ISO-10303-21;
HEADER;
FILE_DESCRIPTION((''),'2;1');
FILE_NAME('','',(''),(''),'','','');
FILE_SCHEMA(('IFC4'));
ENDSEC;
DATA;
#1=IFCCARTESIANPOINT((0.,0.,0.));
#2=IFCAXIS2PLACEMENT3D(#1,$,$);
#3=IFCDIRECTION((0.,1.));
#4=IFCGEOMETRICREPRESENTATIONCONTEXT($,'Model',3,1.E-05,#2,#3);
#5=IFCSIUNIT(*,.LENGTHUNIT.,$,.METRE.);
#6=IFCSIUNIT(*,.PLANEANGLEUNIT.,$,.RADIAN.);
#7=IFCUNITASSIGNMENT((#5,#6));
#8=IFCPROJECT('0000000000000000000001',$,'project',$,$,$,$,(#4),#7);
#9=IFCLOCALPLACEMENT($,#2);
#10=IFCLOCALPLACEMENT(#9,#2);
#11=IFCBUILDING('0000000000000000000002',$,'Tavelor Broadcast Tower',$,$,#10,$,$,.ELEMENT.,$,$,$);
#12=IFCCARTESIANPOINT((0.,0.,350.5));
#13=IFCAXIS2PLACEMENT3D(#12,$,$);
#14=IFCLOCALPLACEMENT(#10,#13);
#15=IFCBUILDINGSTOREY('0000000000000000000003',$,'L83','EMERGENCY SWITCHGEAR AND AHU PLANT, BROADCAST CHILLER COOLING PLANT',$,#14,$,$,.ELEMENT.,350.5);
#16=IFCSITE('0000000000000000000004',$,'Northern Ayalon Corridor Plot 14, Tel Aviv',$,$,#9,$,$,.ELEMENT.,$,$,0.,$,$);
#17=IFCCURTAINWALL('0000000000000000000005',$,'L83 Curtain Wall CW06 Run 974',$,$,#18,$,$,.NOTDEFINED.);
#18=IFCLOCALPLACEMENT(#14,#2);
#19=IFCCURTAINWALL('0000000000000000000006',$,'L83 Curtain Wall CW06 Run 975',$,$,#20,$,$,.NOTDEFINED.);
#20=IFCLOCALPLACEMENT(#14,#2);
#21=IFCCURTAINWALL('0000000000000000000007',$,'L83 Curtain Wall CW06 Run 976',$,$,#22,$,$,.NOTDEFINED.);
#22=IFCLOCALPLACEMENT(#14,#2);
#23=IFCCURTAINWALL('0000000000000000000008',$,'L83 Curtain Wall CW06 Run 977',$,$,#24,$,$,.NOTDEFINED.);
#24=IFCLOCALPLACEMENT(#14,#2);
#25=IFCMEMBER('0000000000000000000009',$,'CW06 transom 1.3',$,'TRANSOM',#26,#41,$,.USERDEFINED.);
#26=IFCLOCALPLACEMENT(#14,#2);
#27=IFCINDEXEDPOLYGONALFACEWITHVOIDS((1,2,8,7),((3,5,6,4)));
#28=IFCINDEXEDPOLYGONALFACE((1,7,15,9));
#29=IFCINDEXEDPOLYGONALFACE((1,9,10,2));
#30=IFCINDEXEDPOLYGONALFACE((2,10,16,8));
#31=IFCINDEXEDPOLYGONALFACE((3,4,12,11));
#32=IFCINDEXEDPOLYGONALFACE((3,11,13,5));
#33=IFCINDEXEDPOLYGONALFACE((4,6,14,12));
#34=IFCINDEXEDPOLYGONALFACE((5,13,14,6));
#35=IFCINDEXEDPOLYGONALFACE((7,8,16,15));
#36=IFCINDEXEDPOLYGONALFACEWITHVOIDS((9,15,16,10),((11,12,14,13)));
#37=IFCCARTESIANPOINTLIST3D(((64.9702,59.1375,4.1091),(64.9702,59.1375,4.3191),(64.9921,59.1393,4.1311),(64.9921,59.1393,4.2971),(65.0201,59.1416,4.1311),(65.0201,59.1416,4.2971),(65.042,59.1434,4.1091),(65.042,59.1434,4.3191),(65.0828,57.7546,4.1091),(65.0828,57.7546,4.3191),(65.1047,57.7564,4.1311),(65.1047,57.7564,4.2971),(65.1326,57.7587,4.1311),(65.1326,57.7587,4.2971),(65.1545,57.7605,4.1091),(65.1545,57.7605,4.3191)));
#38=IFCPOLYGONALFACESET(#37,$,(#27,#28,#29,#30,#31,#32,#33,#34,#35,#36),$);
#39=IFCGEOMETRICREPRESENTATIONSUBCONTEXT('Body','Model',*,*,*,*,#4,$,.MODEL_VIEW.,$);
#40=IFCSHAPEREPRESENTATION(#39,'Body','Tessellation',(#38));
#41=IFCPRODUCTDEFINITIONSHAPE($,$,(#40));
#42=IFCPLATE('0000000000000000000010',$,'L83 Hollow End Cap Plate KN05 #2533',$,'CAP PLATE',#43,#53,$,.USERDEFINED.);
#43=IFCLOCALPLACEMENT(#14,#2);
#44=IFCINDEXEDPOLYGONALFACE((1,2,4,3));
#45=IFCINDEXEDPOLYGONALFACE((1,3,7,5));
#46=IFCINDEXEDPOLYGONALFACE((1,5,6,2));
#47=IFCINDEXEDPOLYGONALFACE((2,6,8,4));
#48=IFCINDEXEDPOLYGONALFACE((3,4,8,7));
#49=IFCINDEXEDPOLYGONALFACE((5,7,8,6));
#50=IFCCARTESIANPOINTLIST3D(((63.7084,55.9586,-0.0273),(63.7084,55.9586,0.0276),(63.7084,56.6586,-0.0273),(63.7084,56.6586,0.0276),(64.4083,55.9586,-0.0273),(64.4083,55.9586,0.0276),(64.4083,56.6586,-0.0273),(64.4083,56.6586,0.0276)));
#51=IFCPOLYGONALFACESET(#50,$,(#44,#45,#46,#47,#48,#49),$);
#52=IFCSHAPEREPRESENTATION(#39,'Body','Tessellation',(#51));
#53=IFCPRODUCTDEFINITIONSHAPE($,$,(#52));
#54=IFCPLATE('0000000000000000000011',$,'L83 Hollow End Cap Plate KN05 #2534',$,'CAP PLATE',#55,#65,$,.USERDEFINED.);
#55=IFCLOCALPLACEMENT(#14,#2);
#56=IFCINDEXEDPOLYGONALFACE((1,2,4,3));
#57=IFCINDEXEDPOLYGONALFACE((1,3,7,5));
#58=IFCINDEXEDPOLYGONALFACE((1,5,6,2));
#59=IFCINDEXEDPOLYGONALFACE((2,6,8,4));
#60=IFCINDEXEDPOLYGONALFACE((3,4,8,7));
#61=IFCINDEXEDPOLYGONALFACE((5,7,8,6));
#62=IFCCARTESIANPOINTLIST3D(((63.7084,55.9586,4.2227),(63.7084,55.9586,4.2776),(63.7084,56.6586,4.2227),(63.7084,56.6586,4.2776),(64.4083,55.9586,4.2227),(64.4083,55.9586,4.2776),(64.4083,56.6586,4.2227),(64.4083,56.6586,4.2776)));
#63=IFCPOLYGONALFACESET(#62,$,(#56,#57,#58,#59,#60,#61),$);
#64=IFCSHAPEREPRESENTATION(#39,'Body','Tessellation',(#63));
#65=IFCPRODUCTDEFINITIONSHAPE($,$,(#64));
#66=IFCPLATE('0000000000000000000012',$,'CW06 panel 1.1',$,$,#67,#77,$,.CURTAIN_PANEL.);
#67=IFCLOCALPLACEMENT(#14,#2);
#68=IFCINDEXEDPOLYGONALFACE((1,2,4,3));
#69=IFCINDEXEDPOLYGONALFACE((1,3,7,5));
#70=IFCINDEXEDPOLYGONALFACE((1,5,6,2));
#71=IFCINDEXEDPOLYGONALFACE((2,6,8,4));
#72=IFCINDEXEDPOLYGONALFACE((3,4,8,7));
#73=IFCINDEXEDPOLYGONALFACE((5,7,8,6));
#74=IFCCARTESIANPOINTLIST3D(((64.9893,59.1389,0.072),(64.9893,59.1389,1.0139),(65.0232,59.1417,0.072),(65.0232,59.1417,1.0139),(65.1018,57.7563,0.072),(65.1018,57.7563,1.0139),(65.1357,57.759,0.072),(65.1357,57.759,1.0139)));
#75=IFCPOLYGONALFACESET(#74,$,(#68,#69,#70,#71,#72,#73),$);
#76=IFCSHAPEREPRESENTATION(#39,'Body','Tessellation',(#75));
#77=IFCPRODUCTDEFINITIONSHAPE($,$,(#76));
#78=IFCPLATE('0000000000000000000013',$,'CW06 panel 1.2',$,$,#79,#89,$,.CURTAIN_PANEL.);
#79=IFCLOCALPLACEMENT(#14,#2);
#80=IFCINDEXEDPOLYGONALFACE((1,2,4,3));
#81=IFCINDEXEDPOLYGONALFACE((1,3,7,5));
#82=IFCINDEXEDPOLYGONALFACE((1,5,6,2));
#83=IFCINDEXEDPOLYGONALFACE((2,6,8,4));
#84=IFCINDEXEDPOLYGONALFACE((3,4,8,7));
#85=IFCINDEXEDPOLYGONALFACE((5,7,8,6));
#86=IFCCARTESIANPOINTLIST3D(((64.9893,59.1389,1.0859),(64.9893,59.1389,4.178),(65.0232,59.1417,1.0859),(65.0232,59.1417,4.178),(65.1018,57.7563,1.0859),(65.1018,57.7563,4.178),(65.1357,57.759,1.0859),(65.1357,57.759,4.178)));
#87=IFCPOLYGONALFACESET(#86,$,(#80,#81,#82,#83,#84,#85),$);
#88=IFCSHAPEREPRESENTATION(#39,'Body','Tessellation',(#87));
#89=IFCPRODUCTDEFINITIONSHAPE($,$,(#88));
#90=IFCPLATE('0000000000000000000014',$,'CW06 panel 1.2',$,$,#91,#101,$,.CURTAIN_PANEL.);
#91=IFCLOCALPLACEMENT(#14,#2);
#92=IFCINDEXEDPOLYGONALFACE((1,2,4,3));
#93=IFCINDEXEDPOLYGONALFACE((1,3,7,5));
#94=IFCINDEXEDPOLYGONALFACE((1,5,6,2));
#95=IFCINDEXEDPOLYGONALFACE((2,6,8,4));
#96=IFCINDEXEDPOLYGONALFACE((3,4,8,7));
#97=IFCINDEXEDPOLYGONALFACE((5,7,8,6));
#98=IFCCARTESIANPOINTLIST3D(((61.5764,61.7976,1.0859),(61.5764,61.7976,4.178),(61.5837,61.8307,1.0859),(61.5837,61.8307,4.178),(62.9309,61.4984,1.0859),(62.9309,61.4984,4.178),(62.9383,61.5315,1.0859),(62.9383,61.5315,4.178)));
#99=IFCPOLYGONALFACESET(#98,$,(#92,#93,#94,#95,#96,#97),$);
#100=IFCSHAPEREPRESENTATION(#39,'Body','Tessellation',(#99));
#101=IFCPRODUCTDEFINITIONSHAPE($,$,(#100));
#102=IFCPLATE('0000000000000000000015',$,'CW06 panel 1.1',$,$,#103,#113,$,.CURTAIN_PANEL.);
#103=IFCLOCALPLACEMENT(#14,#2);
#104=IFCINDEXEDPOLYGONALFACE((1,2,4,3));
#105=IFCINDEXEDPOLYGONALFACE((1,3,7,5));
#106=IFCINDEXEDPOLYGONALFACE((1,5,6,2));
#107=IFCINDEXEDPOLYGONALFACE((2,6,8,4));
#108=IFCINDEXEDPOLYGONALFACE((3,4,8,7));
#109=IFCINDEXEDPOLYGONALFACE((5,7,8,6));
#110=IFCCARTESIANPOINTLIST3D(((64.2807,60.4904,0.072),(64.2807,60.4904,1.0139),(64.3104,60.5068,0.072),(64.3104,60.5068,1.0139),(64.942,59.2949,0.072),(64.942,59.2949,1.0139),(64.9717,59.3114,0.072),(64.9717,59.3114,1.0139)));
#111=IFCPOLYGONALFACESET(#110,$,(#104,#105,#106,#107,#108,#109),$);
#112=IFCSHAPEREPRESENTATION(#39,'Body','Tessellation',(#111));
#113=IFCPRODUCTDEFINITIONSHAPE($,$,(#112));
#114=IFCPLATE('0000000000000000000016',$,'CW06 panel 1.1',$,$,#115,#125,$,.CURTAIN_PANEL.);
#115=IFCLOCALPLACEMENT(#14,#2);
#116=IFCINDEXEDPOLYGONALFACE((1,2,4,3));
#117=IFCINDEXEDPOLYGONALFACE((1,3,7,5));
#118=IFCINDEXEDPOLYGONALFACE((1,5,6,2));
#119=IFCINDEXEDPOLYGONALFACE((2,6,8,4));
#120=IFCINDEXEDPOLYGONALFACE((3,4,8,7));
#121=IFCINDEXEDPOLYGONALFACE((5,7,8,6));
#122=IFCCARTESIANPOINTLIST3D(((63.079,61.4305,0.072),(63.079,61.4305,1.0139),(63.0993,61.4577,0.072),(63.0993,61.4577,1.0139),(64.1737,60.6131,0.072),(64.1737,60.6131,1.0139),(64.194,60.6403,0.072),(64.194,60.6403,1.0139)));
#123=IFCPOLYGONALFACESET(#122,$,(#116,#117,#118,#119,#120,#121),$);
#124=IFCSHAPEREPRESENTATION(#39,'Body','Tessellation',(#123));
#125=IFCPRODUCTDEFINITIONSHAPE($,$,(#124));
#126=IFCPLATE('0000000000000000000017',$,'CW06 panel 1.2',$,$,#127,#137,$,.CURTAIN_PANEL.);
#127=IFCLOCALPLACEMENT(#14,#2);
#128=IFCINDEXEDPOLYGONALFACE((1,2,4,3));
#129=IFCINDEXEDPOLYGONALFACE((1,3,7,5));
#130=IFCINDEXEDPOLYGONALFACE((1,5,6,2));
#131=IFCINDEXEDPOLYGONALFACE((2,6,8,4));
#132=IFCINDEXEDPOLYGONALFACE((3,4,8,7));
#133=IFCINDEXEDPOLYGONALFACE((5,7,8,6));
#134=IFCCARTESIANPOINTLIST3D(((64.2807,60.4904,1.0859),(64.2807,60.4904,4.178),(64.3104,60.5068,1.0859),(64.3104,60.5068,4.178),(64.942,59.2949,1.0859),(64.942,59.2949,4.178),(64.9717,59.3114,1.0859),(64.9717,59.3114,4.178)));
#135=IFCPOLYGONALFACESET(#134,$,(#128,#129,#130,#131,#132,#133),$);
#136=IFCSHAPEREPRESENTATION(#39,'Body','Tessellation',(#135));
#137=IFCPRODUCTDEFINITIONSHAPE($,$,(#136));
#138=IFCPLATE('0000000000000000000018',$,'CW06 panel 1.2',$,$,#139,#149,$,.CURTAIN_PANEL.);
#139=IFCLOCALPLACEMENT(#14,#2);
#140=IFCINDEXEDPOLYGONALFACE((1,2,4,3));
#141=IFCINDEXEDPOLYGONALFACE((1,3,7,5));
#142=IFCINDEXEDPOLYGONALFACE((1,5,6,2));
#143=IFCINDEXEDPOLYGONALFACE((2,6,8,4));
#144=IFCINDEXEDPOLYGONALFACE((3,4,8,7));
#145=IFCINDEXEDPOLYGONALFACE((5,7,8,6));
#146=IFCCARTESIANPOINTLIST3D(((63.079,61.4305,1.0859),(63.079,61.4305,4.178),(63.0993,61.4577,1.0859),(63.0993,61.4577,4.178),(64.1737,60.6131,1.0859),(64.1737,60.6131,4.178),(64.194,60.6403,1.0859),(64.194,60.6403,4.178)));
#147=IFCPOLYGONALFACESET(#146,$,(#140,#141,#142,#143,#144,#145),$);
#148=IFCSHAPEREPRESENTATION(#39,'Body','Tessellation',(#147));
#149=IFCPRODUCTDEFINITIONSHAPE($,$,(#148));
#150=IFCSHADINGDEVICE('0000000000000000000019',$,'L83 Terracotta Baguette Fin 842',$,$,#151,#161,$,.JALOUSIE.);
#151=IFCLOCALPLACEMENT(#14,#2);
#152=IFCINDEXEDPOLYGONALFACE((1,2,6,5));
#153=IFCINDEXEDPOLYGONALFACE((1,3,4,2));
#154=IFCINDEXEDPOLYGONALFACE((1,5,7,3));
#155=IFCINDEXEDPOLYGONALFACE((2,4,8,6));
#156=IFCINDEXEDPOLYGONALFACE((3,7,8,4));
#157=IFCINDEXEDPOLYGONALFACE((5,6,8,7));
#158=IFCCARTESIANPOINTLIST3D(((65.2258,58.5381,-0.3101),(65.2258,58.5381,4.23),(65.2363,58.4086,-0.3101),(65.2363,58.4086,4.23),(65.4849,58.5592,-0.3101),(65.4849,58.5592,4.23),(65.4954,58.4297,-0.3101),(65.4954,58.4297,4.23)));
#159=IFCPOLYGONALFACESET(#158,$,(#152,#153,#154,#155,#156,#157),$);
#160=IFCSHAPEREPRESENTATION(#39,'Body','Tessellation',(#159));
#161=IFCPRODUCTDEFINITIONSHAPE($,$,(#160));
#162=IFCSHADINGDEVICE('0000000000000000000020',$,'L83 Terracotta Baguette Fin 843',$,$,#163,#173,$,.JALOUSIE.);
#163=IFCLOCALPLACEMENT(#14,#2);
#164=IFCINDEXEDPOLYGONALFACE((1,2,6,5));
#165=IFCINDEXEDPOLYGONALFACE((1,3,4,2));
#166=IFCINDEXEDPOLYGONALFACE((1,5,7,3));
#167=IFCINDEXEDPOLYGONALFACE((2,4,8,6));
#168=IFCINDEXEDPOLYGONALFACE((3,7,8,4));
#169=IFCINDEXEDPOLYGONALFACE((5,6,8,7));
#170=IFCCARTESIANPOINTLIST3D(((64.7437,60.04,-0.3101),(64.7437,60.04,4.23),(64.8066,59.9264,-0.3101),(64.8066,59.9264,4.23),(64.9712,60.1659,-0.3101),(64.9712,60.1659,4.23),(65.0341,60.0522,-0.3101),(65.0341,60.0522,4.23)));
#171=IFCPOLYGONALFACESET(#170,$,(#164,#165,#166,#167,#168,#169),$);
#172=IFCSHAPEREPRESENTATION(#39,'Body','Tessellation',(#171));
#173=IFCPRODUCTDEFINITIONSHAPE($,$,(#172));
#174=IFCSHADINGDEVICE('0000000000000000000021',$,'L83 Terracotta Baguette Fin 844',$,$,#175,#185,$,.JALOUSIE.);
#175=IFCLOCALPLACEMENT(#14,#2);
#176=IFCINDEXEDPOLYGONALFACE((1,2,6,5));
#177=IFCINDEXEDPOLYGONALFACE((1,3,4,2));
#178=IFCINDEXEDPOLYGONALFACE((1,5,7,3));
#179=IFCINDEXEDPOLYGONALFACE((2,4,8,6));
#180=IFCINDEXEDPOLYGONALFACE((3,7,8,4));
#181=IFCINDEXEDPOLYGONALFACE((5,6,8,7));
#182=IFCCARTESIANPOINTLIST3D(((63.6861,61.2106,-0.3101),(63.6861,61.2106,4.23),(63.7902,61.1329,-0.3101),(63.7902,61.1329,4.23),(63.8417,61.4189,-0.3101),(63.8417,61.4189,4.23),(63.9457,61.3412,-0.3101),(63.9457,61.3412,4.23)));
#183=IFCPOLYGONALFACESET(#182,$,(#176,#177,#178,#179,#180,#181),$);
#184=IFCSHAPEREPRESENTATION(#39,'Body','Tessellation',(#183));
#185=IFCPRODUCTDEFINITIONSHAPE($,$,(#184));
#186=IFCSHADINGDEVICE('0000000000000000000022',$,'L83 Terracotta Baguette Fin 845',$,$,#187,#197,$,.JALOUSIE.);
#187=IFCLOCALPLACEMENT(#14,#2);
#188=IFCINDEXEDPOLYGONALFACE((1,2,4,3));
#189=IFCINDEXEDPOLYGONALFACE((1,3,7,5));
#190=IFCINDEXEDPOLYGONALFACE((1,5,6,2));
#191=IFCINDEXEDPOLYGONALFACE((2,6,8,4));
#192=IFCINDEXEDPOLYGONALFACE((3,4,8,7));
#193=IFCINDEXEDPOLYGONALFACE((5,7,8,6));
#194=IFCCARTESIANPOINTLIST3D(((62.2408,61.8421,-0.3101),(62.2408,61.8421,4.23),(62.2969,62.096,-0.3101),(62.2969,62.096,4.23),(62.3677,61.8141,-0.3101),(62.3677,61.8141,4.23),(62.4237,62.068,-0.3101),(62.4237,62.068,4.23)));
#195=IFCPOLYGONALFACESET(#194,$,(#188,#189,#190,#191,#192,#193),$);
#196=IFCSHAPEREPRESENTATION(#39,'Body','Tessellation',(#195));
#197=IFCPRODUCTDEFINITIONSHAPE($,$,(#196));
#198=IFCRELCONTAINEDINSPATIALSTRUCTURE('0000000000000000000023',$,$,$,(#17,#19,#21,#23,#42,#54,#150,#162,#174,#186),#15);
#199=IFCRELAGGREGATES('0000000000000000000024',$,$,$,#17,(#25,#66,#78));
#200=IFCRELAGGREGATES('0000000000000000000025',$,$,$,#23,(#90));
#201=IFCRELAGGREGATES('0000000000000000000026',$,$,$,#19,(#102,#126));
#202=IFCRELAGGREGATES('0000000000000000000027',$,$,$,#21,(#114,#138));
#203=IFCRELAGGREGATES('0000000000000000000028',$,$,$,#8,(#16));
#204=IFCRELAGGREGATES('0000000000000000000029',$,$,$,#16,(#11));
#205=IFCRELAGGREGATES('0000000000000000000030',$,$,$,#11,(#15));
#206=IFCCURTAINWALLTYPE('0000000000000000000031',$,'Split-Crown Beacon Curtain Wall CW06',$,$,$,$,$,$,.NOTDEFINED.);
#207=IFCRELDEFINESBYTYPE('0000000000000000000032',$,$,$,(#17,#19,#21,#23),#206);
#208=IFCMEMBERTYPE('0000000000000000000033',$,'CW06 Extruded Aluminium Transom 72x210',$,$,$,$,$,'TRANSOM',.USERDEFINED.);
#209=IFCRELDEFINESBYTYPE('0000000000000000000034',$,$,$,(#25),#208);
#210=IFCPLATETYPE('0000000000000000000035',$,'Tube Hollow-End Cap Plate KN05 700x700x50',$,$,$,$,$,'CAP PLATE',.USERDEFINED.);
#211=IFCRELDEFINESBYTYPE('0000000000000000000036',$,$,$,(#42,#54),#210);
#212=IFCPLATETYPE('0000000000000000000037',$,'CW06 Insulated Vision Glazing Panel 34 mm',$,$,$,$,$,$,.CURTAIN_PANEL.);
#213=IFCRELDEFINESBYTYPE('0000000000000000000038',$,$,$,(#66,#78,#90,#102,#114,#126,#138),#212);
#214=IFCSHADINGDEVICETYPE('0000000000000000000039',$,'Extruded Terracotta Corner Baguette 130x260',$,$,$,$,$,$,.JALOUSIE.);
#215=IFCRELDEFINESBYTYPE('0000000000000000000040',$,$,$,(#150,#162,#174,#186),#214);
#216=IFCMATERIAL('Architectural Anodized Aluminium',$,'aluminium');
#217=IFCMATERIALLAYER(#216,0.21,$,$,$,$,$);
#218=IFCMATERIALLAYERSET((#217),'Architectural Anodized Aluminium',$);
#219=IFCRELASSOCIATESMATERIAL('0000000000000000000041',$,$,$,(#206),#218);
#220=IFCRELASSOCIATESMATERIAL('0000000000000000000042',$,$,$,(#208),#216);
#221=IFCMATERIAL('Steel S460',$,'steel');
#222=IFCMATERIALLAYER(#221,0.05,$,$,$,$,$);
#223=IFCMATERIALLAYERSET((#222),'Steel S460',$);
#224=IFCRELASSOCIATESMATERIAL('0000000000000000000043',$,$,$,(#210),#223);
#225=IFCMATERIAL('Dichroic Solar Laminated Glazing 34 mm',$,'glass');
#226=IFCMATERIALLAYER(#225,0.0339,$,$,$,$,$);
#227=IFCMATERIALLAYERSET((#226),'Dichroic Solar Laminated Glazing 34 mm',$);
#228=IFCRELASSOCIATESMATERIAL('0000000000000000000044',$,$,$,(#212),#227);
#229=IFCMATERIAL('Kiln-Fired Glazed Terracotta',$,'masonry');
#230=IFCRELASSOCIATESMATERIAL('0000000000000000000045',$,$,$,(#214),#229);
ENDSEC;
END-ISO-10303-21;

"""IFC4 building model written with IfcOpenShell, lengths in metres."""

from ifc_helpers import new_model, si_unit, direction, frame, origin, origin_2d, place, context, subcontext, project, spatial, rectangle, hollow_rectangle, extrude, source, transform, mapped, material, layer, layer_set, material_profile, profile_set, type_object, type_shapes, element, aggregate, save


model = new_model("IFC4")

# Units and contexts
model_context = context("Model", 3, precision=1e-05, world=origin(), true_north=direction((0.0, 1.0)))
body_context = subcontext(model_context, "Body", "Model", "MODEL_VIEW")
ifc_project = project(units=[si_unit("LENGTHUNIT", "METRE"), si_unit("PLANEANGLEUNIT", "RADIAN")], contexts=[model_context])

# Site, building, storey
site_placement = place(None, origin())
site = spatial("IfcSite", under=ifc_project, at=site_placement, Name="Northern Ayalon Corridor Plot 14, Tel Aviv", CompositionType="ELEMENT", RefElevation=0.0)
building_placement = place(site_placement, origin())
building = spatial("IfcBuilding", under=site, at=building_placement, Name="Tavelor Broadcast Tower", CompositionType="ELEMENT")
storey_placement = place(building_placement, frame((0.0, 0.0, 350.5)))
storey = spatial("IfcBuildingStorey", under=building, at=storey_placement, Name="L83", Description="EMERGENCY SWITCHGEAR AND AHU PLANT, BROADCAST CHILLER COOLING PLANT", CompositionType="ELEMENT", Elevation=350.5)

# Shared definitions
ifc_material_1 = material(Name="Architectural Anodized Aluminium", Category="aluminium")
ifc_layer_1 = layer(ifc_material_1, 0.21)
ifc_layer_set_1 = layer_set([ifc_layer_1], Name="Architectural Anodized Aluminium")
curtain_wall_type = type_object("IfcCurtainWallType", Name="Split-Crown Beacon Curtain Wall CW06", PredefinedType="NOTDEFINED", material=ifc_layer_set_1)

# Curtain walls
curtain_wall_1_placement = place(storey_placement, origin())
curtain_wall_1 = element("IfcCurtainWall", 1, at=curtain_wall_1_placement, inside=storey, type_object=curtain_wall_type, Name="L83 Curtain Wall CW06 Run 974", PredefinedType="NOTDEFINED")
curtain_wall_2_placement = place(storey_placement, origin())
curtain_wall_2 = element("IfcCurtainWall", 2, at=curtain_wall_2_placement, inside=storey, type_object=curtain_wall_type, Name="L83 Curtain Wall CW06 Run 975", PredefinedType="NOTDEFINED")
curtain_wall_3_placement = place(storey_placement, origin())
curtain_wall_3 = element("IfcCurtainWall", 3, at=curtain_wall_3_placement, inside=storey, type_object=curtain_wall_type, Name="L83 Curtain Wall CW06 Run 976", PredefinedType="NOTDEFINED")
curtain_wall_4_placement = place(storey_placement, origin())
curtain_wall_4 = element("IfcCurtainWall", 4, at=curtain_wall_4_placement, inside=storey, type_object=curtain_wall_type, Name="L83 Curtain Wall CW06 Run 977", PredefinedType="NOTDEFINED")
ifc_material_profile_1 = material_profile(ifc_material_1, hollow_rectangle(XDim=0.072, YDim=0.21, WallThickness=0.022, at=origin_2d()), Name="RHS 72x210x22")
ifc_profile_set_1 = profile_set([ifc_material_profile_1], Name="Architectural Anodized Aluminium")
member_type_1 = type_object("IfcMemberType", Name="CW06 Extruded Aluminium Transom 72x210", ElementType="TRANSOM", PredefinedType="USERDEFINED", material=ifc_profile_set_1)

# Member
shared_shape_1 = source(origin(), body_context, "Body", "SweptSolid", [
    extrude(hollow_rectangle(XDim=0.072, YDim=0.21, WallThickness=0.022, at=origin_2d()), origin(), (0.0, 0.0, 1.0), 1.3875),
])
member_1_placement = place(storey_placement, frame((65.1187, 57.7576, 4.2141), z_axis=(-0.081123, 0.996704, 0.0), x_axis=(-0.996704, -0.081123, 0.0)))
member_1 = element("IfcMember", 5, at=member_1_placement, type_object=member_type_1, Name="CW06 transom 1.3", ObjectType="TRANSOM", PredefinedType="USERDEFINED", context=body_context, shape_type="MappedRepresentation", body=[
    mapped(shared_shape_1, transform((0.0, 0.0, 0.0), scale=1.0)),
])

# Plates
ifc_material_2 = material(Name="Steel S460", Category="steel")
ifc_layer_2 = layer(ifc_material_2, 0.05)
ifc_layer_set_2 = layer_set([ifc_layer_2], Name="Steel S460")
plate_type_1 = type_object("IfcPlateType", Name="Tube Hollow-End Cap Plate KN05 700x700x50", ElementType="CAP PLATE", PredefinedType="USERDEFINED", material=ifc_layer_set_2)
shared_shape_2 = source(origin(), body_context, "Body", "SweptSolid", [
    extrude(rectangle(XDim=0.7, YDim=0.7, at=origin_2d()), origin(), (0.0, 0.0, 1.0), 0.0549),
])
type_shapes(plate_type_1, [shared_shape_2])
for number, where, z_axis, x_axis, name in (
    (6, (64.0583, 56.3086, -0.0273), (0.0, 0.0, 1.0), (1.0, 0.0, 0.0), "L83 Hollow End Cap Plate KN05 #2533"),
    (7, (64.0583, 56.3086, 4.2227), (0.0, 0.0, 1.0), (1.0, 0.0, 0.0), "L83 Hollow End Cap Plate KN05 #2534"),
):
    element("IfcPlate", number, at=place(storey_placement, frame(where, z_axis=z_axis, x_axis=x_axis)), inside=storey, type_object=plate_type_1, Name=name, ObjectType="CAP PLATE", PredefinedType="USERDEFINED", context=body_context, shape_type="MappedRepresentation", body=[
        mapped(shared_shape_2, transform((0.0, 0.0, 0.0), scale=1.0)),
    ])

# Plates
ifc_material_3 = material(Name="Dichroic Solar Laminated Glazing 34 mm", Category="glass")
ifc_layer_3 = layer(ifc_material_3, 0.0339)
ifc_layer_set_3 = layer_set([ifc_layer_3], Name="Dichroic Solar Laminated Glazing 34 mm")
plate_type_2 = type_object("IfcPlateType", Name="CW06 Insulated Vision Glazing Panel 34 mm", PredefinedType="CURTAIN_PANEL", material=ifc_layer_set_3)
shared_shape_3 = source(origin(), body_context, "Body", "SweptSolid", [
    extrude(rectangle(XDim=1.3872, YDim=0.0339, at=origin_2d()), origin(), (0.0, 0.0, 1.0), 0.9419),
])
plate_1_placement = place(storey_placement, frame((65.0625, 58.449, 0.072), z_axis=(0.0, 0.0, 1.0), x_axis=(-0.08111, 0.996705, 0.0)))
plate_1 = element("IfcPlate", 8, at=plate_1_placement, type_object=plate_type_2, Name="CW06 panel 1.1", PredefinedType="CURTAIN_PANEL", context=body_context, shape_type="MappedRepresentation", body=[
    mapped(shared_shape_3, transform((0.0, 0.0, 0.0), scale=1.0)),
])
shared_shape_4 = source(origin(), body_context, "Body", "SweptSolid", [
    extrude(rectangle(XDim=1.3872, YDim=0.0339, at=origin_2d()), origin(), (0.0, 0.0, 1.0), 3.092),
])
plate_2_placement = place(storey_placement, frame((65.0625, 58.449, 1.0859), z_axis=(0.0, 0.0, 1.0), x_axis=(-0.08111, 0.996705, 0.0)))
plate_2 = element("IfcPlate", 9, at=plate_2_placement, type_object=plate_type_2, Name="CW06 panel 1.2", PredefinedType="CURTAIN_PANEL", context=body_context, shape_type="MappedRepresentation", body=[
    mapped(shared_shape_4, transform((0.0, 0.0, 0.0), scale=1.0)),
])
aggregate(curtain_wall_1, [member_1, plate_1, plate_2])
plate_3_placement = place(storey_placement, frame((62.2573, 61.6646, 1.0859), z_axis=(0.0, 0.0, 1.0), x_axis=(-0.976469, 0.215658, 0.0)))
plate_3 = element("IfcPlate", 10, at=plate_3_placement, type_object=plate_type_2, Name="CW06 panel 1.2", PredefinedType="CURTAIN_PANEL", context=body_context, shape_type="MappedRepresentation", body=[
    mapped(shared_shape_4, transform((0.0, 0.0, 0.0), scale=1.0)),
])
aggregate(curtain_wall_4, [plate_3])
shared_shape_5 = source(origin(), body_context, "Body", "SweptSolid", [
    extrude(rectangle(XDim=1.3662, YDim=0.0339, at=origin_2d()), origin(), (0.0, 0.0, 1.0), 0.9419),
])
plate_4_placement = place(storey_placement, frame((64.6262, 59.9009, 0.072), z_axis=(0.0, 0.0, 1.0), x_axis=(-0.484068, 0.87503, 0.0)))
plate_4 = element("IfcPlate", 11, at=plate_4_placement, type_object=plate_type_2, Name="CW06 panel 1.1", PredefinedType="CURTAIN_PANEL", context=body_context, shape_type="MappedRepresentation", body=[
    mapped(shared_shape_5, transform((0.0, 0.0, 0.0), scale=1.0)),
])
plate_5_placement = place(storey_placement, frame((63.6365, 61.0354, 0.072), z_axis=(0.0, 0.0, 1.0), x_axis=(-0.801262, 0.598314, 0.0)))
plate_5 = element("IfcPlate", 12, at=plate_5_placement, type_object=plate_type_2, Name="CW06 panel 1.1", PredefinedType="CURTAIN_PANEL", context=body_context, shape_type="MappedRepresentation", body=[
    mapped(shared_shape_5, transform((0.0, 0.0, 0.0), scale=1.0)),
])
shared_shape_6 = source(origin(), body_context, "Body", "SweptSolid", [
    extrude(rectangle(XDim=1.3662, YDim=0.0339, at=origin_2d()), origin(), (0.0, 0.0, 1.0), 3.092),
])
type_shapes(plate_type_2, [shared_shape_3, shared_shape_4, shared_shape_5, shared_shape_6])
plate_6_placement = place(storey_placement, frame((64.6262, 59.9009, 1.0859), z_axis=(0.0, 0.0, 1.0), x_axis=(-0.484068, 0.87503, 0.0)))
plate_6 = element("IfcPlate", 13, at=plate_6_placement, type_object=plate_type_2, Name="CW06 panel 1.2", PredefinedType="CURTAIN_PANEL", context=body_context, shape_type="MappedRepresentation", body=[
    mapped(shared_shape_6, transform((0.0, 0.0, 0.0), scale=1.0)),
])
aggregate(curtain_wall_2, [plate_4, plate_6])
plate_7_placement = place(storey_placement, frame((63.6365, 61.0354, 1.0859), z_axis=(0.0, 0.0, 1.0), x_axis=(-0.801262, 0.598314, 0.0)))
plate_7 = element("IfcPlate", 14, at=plate_7_placement, type_object=plate_type_2, Name="CW06 panel 1.2", PredefinedType="CURTAIN_PANEL", context=body_context, shape_type="MappedRepresentation", body=[
    mapped(shared_shape_6, transform((0.0, 0.0, 0.0), scale=1.0)),
])
aggregate(curtain_wall_3, [plate_5, plate_7])

# Shading devices
ifc_material_4 = material(Name="Kiln-Fired Glazed Terracotta", Category="masonry")
shading_device_type = type_object("IfcShadingDeviceType", Name="Extruded Terracotta Corner Baguette 130x260", PredefinedType="JALOUSIE", material=ifc_material_4)
shared_shape_7 = source(origin(), body_context, "Body", "SweptSolid", [
    extrude(rectangle(XDim=0.1299, YDim=0.26, at=origin_2d()), origin(), (0.0, 0.0, 1.0), 4.54),
])
type_shapes(shading_device_type, [shared_shape_7])
for number, where, z_axis, x_axis, name in (
    (15, (65.3606, 58.4839, -0.3101), (0.0, 0.0, 1.0), (-0.081069, 0.996709, 0.0), "L83 Terracotta Baguette Fin 842"),
    (16, (64.8889, 60.0461, -0.3101), (0.0, 0.0, 1.0), (-0.484046, 0.875042, 0.0), "L83 Terracotta Baguette Fin 843"),
    (17, (63.8159, 61.2759, -0.3101), (0.0, 0.0, 1.0), (-0.801254, 0.598325, 0.0), "L83 Terracotta Baguette Fin 844"),
    (18, (62.3323, 61.9551, -0.3101), (0.0, 0.0, 1.0), (-0.976485, 0.215588, 0.0), "L83 Terracotta Baguette Fin 845"),
):
    element("IfcShadingDevice", number, at=place(storey_placement, frame(where, z_axis=z_axis, x_axis=x_axis)), inside=storey, type_object=shading_device_type, Name=name, PredefinedType="JALOUSIE", context=body_context, shape_type="MappedRepresentation", body=[
        mapped(shared_shape_7, transform((0.0, 0.0, 0.0), scale=1.0)),
    ])

save(model, "model.ifc")
